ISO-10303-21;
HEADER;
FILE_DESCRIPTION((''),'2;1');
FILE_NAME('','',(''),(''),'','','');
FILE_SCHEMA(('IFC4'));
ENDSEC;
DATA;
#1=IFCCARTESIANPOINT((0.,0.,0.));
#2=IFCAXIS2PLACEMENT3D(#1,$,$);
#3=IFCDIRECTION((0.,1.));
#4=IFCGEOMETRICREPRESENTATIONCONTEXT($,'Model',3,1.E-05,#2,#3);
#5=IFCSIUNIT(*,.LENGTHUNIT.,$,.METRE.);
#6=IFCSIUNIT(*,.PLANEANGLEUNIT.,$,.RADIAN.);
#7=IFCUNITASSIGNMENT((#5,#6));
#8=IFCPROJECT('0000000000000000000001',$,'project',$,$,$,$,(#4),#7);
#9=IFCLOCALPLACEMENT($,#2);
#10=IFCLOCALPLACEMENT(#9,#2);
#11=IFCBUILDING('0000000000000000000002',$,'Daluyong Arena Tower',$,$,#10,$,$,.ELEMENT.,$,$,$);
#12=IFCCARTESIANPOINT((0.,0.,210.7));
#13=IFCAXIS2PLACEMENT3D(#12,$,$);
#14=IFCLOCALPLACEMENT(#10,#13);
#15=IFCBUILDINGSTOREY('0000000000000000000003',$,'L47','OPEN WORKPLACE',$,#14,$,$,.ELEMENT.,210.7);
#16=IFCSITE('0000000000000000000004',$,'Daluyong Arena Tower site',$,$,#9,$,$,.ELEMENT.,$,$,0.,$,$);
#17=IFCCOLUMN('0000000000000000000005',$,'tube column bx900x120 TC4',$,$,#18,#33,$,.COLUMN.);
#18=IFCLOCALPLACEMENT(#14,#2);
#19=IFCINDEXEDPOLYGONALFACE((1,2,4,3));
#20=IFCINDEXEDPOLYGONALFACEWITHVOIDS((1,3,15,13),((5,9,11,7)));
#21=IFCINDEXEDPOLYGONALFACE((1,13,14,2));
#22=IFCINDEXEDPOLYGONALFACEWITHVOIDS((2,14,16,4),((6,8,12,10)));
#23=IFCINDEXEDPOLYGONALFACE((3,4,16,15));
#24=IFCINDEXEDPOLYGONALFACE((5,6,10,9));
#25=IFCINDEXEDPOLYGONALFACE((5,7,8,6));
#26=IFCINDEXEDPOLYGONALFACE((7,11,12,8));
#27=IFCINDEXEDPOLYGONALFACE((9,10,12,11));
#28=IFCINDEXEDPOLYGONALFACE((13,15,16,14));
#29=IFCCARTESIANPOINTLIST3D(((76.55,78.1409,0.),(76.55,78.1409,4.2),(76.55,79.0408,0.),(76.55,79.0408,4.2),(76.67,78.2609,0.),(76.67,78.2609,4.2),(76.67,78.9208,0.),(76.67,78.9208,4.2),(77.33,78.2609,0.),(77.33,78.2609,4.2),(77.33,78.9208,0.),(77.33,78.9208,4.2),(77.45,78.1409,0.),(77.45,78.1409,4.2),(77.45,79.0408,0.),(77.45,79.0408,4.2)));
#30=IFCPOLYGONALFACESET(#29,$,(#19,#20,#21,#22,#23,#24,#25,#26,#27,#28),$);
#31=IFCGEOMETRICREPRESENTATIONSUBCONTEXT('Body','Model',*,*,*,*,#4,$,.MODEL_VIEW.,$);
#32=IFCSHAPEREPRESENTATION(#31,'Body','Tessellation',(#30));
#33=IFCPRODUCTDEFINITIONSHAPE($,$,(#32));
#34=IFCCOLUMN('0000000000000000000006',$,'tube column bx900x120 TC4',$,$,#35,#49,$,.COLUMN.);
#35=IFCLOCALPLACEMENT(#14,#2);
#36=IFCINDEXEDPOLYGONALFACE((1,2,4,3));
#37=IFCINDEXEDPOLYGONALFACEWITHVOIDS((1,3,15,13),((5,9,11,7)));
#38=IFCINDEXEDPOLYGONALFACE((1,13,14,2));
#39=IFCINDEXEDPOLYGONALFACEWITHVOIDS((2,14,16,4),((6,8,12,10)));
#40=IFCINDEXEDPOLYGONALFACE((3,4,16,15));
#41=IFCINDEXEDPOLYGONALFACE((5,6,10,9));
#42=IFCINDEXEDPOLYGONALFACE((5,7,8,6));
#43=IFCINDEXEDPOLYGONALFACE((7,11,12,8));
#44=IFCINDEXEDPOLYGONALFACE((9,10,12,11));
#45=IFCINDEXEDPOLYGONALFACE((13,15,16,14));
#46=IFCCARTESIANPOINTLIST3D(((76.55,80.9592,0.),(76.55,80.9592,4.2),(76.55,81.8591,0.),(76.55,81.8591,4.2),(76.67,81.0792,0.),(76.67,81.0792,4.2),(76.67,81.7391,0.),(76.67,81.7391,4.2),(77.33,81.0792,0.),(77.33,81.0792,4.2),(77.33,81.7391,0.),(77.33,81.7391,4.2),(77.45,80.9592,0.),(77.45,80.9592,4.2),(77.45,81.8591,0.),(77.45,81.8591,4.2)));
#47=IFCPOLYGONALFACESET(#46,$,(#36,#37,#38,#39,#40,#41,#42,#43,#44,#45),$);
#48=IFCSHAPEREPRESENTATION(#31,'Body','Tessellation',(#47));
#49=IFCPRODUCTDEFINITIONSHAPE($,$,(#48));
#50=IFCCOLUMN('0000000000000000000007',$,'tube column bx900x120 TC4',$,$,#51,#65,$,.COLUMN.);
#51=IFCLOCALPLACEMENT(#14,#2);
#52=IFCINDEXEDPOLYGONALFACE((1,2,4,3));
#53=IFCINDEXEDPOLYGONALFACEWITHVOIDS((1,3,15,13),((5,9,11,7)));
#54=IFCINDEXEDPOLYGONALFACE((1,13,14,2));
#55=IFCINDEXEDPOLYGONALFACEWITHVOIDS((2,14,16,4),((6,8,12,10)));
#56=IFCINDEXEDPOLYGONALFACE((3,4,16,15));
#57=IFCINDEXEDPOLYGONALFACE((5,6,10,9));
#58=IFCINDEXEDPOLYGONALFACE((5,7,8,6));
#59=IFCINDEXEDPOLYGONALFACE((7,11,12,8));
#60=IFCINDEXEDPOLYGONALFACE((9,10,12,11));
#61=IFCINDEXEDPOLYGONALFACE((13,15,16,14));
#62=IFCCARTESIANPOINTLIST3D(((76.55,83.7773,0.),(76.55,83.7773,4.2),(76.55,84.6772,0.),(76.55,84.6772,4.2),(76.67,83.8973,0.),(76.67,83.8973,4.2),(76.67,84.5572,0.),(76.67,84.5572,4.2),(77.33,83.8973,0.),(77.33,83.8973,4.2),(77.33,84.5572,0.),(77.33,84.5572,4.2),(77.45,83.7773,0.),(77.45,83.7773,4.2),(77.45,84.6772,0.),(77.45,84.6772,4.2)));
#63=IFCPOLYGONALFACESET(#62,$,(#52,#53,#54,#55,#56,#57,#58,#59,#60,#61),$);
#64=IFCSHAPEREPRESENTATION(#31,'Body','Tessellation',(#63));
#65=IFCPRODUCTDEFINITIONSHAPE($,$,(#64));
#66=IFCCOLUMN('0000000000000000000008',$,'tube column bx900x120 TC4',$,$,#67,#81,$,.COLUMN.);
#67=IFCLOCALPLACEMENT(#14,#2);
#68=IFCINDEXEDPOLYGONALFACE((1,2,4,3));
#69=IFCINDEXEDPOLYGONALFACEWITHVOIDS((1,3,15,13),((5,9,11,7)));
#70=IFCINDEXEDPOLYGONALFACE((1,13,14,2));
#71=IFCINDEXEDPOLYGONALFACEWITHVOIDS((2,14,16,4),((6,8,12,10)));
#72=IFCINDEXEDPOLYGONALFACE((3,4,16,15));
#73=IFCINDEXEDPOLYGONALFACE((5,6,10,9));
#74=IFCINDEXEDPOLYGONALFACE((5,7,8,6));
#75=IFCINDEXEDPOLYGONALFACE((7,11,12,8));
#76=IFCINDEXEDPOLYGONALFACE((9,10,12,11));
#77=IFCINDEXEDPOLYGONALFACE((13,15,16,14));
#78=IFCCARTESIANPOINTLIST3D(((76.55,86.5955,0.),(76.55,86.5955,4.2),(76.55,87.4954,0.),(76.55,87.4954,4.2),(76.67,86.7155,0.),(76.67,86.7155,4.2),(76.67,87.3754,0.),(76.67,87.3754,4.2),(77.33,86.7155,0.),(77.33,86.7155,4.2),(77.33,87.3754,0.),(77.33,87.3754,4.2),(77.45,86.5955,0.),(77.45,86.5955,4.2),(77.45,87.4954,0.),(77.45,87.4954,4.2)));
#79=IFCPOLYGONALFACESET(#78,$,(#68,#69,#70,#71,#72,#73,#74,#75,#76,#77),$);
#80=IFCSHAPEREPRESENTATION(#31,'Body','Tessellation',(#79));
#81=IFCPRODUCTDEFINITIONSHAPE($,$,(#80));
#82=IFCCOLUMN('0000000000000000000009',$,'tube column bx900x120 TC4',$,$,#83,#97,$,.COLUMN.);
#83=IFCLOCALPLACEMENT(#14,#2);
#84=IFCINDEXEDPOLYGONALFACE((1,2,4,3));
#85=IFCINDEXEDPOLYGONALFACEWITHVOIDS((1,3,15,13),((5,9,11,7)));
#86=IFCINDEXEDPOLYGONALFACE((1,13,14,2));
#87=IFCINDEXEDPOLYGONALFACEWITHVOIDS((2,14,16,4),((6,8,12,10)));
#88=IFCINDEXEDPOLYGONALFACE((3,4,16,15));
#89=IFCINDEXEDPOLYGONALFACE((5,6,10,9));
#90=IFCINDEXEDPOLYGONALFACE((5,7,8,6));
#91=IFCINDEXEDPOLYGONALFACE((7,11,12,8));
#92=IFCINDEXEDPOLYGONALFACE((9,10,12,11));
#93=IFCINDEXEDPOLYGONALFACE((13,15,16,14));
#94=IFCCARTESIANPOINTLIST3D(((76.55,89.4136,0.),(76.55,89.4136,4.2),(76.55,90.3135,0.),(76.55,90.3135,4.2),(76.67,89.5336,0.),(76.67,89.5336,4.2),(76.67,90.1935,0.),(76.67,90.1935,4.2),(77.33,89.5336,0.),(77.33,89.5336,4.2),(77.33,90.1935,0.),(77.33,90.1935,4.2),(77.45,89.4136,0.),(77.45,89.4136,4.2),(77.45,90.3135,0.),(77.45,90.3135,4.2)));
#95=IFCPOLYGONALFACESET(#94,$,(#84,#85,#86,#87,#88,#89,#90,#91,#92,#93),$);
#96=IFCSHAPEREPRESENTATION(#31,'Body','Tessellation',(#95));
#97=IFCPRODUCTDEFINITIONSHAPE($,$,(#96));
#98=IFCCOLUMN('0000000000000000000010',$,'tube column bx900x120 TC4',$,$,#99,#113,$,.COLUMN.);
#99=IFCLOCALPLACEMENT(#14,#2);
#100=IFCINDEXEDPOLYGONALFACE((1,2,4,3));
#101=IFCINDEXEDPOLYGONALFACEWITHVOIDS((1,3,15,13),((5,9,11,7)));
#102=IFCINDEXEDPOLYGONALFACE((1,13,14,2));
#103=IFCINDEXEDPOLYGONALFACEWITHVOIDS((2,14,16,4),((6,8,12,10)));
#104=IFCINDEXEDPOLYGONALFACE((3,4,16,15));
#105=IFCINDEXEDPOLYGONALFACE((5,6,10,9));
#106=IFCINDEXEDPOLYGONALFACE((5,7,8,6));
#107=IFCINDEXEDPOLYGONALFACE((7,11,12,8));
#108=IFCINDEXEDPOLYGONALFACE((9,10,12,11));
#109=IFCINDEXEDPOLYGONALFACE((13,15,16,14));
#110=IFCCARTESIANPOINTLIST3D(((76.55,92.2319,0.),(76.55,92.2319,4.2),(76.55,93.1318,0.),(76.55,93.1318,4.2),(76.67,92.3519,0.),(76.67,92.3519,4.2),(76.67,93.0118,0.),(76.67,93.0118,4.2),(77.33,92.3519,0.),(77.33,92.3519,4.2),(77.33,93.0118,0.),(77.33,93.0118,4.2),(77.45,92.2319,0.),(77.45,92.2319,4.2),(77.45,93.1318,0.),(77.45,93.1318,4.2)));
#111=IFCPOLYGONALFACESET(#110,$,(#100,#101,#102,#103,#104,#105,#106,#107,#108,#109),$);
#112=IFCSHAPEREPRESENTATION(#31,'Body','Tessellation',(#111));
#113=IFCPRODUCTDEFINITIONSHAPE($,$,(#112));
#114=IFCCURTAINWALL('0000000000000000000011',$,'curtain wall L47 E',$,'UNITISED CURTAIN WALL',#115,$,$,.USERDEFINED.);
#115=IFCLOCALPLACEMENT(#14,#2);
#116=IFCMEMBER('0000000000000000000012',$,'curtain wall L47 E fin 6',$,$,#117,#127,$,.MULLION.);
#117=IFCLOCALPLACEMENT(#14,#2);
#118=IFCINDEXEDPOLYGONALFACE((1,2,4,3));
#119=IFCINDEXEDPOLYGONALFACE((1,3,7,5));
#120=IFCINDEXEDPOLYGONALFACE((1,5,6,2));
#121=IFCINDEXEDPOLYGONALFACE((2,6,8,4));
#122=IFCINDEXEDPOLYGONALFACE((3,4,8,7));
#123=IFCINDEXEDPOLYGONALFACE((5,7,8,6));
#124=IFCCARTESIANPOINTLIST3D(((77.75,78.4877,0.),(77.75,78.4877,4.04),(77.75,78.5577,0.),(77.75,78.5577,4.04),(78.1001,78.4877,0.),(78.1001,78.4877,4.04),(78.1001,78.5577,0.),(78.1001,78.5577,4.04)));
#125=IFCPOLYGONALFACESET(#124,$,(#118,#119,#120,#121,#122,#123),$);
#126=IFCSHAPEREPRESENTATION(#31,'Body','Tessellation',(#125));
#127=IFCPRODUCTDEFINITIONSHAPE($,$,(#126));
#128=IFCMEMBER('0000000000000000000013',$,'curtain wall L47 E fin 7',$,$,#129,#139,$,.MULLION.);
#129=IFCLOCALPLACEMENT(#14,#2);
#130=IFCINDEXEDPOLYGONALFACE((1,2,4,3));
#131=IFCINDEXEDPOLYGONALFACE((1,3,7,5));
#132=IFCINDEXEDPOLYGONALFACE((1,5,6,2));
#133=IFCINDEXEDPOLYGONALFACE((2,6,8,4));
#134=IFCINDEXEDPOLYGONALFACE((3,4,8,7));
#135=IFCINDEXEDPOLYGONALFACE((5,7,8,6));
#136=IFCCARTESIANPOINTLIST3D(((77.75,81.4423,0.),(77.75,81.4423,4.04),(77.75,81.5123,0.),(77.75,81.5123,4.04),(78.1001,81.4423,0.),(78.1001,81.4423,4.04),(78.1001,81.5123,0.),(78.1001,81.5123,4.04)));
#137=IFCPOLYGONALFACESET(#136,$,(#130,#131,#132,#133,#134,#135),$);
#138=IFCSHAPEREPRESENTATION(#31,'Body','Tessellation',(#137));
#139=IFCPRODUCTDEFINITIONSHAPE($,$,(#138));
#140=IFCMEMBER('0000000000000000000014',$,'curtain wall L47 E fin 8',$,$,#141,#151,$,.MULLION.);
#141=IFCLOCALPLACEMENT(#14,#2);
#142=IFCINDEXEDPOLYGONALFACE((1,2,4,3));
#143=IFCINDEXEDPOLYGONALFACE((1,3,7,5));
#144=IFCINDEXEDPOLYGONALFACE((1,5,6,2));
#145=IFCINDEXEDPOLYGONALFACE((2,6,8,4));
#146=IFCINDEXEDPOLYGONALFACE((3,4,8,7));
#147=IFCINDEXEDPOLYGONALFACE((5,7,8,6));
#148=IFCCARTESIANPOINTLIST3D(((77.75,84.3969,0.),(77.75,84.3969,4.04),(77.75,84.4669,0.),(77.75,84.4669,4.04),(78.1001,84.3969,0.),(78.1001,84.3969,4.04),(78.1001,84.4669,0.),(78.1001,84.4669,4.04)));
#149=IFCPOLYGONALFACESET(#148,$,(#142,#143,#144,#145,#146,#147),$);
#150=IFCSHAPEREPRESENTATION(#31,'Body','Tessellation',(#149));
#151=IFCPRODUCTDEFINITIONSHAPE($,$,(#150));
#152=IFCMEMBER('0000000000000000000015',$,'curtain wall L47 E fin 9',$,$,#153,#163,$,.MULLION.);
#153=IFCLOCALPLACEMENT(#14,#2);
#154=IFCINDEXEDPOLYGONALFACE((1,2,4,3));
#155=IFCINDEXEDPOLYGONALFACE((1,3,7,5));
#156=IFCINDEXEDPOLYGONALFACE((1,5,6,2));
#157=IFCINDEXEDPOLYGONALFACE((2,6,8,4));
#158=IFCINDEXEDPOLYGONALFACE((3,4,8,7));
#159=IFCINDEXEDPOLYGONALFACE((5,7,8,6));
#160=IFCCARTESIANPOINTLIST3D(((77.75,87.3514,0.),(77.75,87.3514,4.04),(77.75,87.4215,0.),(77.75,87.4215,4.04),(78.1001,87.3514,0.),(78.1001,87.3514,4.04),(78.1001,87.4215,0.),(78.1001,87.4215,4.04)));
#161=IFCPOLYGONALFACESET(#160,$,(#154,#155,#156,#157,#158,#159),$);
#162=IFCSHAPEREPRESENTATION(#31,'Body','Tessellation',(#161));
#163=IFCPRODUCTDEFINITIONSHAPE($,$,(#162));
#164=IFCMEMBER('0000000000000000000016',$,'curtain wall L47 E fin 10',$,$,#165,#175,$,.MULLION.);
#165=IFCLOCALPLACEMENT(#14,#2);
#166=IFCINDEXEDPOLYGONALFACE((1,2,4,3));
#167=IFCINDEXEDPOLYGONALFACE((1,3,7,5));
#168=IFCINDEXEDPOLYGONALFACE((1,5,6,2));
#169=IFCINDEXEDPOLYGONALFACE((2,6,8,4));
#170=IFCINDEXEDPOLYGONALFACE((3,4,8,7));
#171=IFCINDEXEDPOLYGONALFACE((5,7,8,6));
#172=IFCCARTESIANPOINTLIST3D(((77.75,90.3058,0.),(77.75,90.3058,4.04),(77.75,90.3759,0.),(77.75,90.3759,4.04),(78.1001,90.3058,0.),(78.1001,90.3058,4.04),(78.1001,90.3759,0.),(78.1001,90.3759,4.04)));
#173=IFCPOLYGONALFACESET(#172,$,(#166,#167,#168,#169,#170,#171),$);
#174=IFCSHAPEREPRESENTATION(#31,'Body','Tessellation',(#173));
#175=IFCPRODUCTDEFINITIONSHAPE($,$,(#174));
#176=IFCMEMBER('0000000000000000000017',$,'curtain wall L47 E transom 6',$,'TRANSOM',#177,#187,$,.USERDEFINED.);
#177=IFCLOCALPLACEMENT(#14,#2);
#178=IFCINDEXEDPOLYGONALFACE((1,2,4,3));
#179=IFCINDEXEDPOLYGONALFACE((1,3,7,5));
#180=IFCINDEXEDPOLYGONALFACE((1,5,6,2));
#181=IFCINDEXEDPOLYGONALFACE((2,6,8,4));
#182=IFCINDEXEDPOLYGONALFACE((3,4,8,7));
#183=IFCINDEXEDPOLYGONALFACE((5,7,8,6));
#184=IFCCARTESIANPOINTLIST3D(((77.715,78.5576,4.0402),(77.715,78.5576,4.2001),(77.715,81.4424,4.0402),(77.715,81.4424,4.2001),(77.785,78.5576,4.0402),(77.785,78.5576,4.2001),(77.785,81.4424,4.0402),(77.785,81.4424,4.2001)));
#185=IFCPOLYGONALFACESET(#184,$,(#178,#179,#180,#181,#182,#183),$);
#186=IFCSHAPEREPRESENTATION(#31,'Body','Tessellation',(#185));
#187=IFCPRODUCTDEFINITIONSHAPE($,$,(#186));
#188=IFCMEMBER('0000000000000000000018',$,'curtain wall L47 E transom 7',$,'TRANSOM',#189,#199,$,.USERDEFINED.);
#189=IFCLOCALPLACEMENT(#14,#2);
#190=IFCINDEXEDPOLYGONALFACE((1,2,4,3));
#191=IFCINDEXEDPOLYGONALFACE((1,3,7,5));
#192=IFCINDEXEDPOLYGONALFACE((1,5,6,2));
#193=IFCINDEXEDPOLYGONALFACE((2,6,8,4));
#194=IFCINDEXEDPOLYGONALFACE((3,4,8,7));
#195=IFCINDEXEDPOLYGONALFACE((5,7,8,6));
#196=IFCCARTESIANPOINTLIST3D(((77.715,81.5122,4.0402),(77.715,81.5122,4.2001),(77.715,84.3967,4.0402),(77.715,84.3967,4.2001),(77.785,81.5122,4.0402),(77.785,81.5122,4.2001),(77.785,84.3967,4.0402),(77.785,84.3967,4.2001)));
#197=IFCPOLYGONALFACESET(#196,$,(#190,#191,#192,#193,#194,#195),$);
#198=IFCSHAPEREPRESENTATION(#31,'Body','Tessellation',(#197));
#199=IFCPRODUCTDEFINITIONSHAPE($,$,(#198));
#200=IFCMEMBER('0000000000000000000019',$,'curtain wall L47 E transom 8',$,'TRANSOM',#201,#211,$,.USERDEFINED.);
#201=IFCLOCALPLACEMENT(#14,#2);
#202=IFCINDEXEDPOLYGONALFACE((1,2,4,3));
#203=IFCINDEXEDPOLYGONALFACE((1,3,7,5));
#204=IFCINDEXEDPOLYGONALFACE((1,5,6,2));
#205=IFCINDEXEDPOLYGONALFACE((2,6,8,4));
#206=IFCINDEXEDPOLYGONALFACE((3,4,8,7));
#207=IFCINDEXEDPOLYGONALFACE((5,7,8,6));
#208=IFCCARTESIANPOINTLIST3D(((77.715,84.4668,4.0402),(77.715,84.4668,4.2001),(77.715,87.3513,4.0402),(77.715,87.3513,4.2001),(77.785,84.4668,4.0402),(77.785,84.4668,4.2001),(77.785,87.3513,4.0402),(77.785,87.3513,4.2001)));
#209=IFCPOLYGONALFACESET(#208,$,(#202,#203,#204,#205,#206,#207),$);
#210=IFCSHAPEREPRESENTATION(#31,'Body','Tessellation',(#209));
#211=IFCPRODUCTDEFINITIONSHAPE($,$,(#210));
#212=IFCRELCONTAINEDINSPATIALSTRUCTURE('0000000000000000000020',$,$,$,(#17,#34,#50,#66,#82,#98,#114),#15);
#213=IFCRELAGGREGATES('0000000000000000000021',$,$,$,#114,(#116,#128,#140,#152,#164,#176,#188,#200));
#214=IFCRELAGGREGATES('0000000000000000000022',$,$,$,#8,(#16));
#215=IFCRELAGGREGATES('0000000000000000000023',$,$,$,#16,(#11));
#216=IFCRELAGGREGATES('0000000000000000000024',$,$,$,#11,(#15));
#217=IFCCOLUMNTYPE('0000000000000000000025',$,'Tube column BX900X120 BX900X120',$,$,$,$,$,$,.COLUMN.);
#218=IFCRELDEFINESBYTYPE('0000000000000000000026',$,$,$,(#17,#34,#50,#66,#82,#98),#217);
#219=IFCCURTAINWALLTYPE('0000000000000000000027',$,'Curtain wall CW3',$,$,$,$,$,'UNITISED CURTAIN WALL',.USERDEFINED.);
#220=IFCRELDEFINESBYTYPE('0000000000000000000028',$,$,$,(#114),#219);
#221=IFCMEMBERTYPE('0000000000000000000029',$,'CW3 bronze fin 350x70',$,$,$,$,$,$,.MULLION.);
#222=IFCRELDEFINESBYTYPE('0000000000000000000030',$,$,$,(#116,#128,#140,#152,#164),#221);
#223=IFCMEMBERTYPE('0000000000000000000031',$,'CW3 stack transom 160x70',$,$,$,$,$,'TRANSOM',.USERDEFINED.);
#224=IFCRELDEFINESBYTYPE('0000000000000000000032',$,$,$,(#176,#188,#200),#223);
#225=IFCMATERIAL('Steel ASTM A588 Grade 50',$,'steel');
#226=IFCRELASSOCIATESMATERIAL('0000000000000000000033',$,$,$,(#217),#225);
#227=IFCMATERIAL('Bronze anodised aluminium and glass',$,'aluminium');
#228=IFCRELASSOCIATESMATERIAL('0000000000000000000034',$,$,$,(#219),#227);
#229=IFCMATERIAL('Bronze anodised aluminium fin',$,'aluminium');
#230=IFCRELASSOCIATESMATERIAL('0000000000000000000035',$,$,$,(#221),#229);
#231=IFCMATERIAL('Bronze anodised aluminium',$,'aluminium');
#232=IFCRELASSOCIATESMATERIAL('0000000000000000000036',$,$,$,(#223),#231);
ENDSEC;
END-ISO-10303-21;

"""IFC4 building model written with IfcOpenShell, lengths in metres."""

from ifc_helpers import new_model, si_unit, direction, frame, origin, origin_2d, place, context, subcontext, project, spatial, rectangle, hollow_rectangle, extrude, material, material_profile, profile_set, type_object, element, aggregate, save


model = new_model("IFC4")

# Units and contexts
model_context = context("Model", 3, precision=1e-05, world=origin(), true_north=direction((0.0, 1.0)))
body_context = subcontext(model_context, "Body", "Model", "MODEL_VIEW")
ifc_project = project(units=[si_unit("LENGTHUNIT", "METRE"), si_unit("PLANEANGLEUNIT", "RADIAN")], contexts=[model_context])

# Site, building, storey
site_placement = place(None, origin())
site = spatial("IfcSite", under=ifc_project, at=site_placement, Name="Daluyong Arena Tower site", CompositionType="ELEMENT", RefElevation=0.0)
building_placement = place(site_placement, origin())
building = spatial("IfcBuilding", under=site, at=building_placement, Name="Daluyong Arena Tower", CompositionType="ELEMENT")
storey_placement = place(building_placement, frame((0.0, 0.0, 210.7)))
storey = spatial("IfcBuildingStorey", under=building, at=storey_placement, Name="L47", Description="OPEN WORKPLACE", CompositionType="ELEMENT", Elevation=210.7)

# Columns
ifc_material_1 = material(Name="Steel ASTM A588 Grade 50", Category="steel")
ifc_material_profile_1 = material_profile(ifc_material_1, hollow_rectangle(XDim=0.8999, YDim=0.8999, WallThickness=0.12, at=origin_2d()))
ifc_profile_set_1 = profile_set([ifc_material_profile_1], Name="Steel ASTM A588 Grade 50")
column_type = type_object("IfcColumnType", Name="Tube column BX900X120 BX900X120", PredefinedType="COLUMN", material=ifc_profile_set_1)
for number, where, z_axis, x_axis, name in (
    (1, (77.0, 78.5908, 0.0), (0.0, 0.0, 1.0), (0.0, 1.0, 0.0), "tube column bx900x120 TC4"),
    (2, (77.0, 81.4092, 0.0), (0.0, 0.0, 1.0), (0.0, 1.0, 0.0), "tube column bx900x120 TC4"),
    (3, (77.0, 84.2273, 0.0), (0.0, 0.0, 1.0), (0.0, 1.0, 0.0), "tube column bx900x120 TC4"),
    (4, (77.0, 87.0454, 0.0), (0.0, 0.0, 1.0), (0.0, 1.0, 0.0), "tube column bx900x120 TC4"),
    (5, (77.0, 89.8635, 0.0), (0.0, 0.0, 1.0), (0.0, 1.0, 0.0), "tube column bx900x120 TC4"),
    (6, (77.0, 92.6819, 0.0), (0.0, 0.0, 1.0), (0.0, 1.0, 0.0), "tube column bx900x120 TC4"),
):
    element("IfcColumn", number, at=place(storey_placement, frame(where, z_axis=z_axis, x_axis=x_axis)), inside=storey, type_object=column_type, Name=name, PredefinedType="COLUMN", context=body_context, shape_type="SweptSolid", body=[
        extrude(hollow_rectangle(XDim=0.8999, YDim=0.8999, WallThickness=0.12, at=origin_2d()), origin(), (0.0, 0.0, 1.0), 4.2),
    ])

# Curtain wall, members
ifc_material_2 = material(Name="Bronze anodised aluminium and glass", Category="aluminium")
curtain_wall_type = type_object("IfcCurtainWallType", Name="Curtain wall CW3", ElementType="UNITISED CURTAIN WALL", PredefinedType="USERDEFINED", material=ifc_material_2)
curtain_wall_placement = place(storey_placement, origin())
curtain_wall = element("IfcCurtainWall", 7, at=curtain_wall_placement, inside=storey, type_object=curtain_wall_type, Name="curtain wall L47 E", ObjectType="UNITISED CURTAIN WALL", PredefinedType="USERDEFINED")
ifc_material_3 = material(Name="Bronze anodised aluminium fin", Category="aluminium")
ifc_material_profile_2 = material_profile(ifc_material_3, rectangle(XDim=0.3501, YDim=0.0701, at=origin_2d()))
ifc_profile_set_2 = profile_set([ifc_material_profile_2], Name="Bronze anodised aluminium fin")
member_type_1 = type_object("IfcMemberType", Name="CW3 bronze fin 350x70", PredefinedType="MULLION", material=ifc_profile_set_2)
member_1_placement = place(storey_placement, frame((77.925, 78.5227, 0.0), z_axis=(0.0, 0.0, 1.0), x_axis=(-1.0, 0.0, 0.0)))
member_1 = element("IfcMember", 8, at=member_1_placement, type_object=member_type_1, Name="curtain wall L47 E fin 6", PredefinedType="MULLION", context=body_context, shape_type="SweptSolid", body=[
    extrude(rectangle(XDim=0.3501, YDim=0.0701, at=origin_2d()), origin(), (0.0, 0.0, 1.0), 4.04),
])
member_2_placement = place(storey_placement, frame((77.925, 81.4773, 0.0), z_axis=(0.0, 0.0, 1.0), x_axis=(-1.0, 0.0, 0.0)))
member_2 = element("IfcMember", 9, at=member_2_placement, type_object=member_type_1, Name="curtain wall L47 E fin 7", PredefinedType="MULLION", context=body_context, shape_type="SweptSolid", body=[
    extrude(rectangle(XDim=0.3501, YDim=0.0701, at=origin_2d()), origin(), (0.0, 0.0, 1.0), 4.04),
])
member_3_placement = place(storey_placement, frame((77.925, 84.4319, 0.0), z_axis=(0.0, 0.0, 1.0), x_axis=(-1.0, 0.0, 0.0)))
member_3 = element("IfcMember", 10, at=member_3_placement, type_object=member_type_1, Name="curtain wall L47 E fin 8", PredefinedType="MULLION", context=body_context, shape_type="SweptSolid", body=[
    extrude(rectangle(XDim=0.3501, YDim=0.0701, at=origin_2d()), origin(), (0.0, 0.0, 1.0), 4.04),
])
member_4_placement = place(storey_placement, frame((77.925, 87.3865, 0.0), z_axis=(0.0, 0.0, 1.0), x_axis=(-1.0, 0.0, 0.0)))
member_4 = element("IfcMember", 11, at=member_4_placement, type_object=member_type_1, Name="curtain wall L47 E fin 9", PredefinedType="MULLION", context=body_context, shape_type="SweptSolid", body=[
    extrude(rectangle(XDim=0.3501, YDim=0.0701, at=origin_2d()), origin(), (0.0, 0.0, 1.0), 4.04),
])
member_5_placement = place(storey_placement, frame((77.925, 90.3408, 0.0), z_axis=(0.0, 0.0, 1.0), x_axis=(-1.0, 0.0, 0.0)))
member_5 = element("IfcMember", 12, at=member_5_placement, type_object=member_type_1, Name="curtain wall L47 E fin 10", PredefinedType="MULLION", context=body_context, shape_type="SweptSolid", body=[
    extrude(rectangle(XDim=0.3501, YDim=0.0701, at=origin_2d()), origin(), (0.0, 0.0, 1.0), 4.04),
])
ifc_material_4 = material(Name="Bronze anodised aluminium", Category="aluminium")
ifc_material_profile_3 = material_profile(ifc_material_4, rectangle(XDim=0.0701, YDim=0.1599, at=origin_2d()))
ifc_profile_set_3 = profile_set([ifc_material_profile_3], Name="Bronze anodised aluminium")
member_type_2 = type_object("IfcMemberType", Name="CW3 stack transom 160x70", ElementType="TRANSOM", PredefinedType="USERDEFINED", material=ifc_profile_set_3)
member_6_placement = place(storey_placement, frame((77.75, 78.5576, 4.1201), z_axis=(0.0, 1.0, 0.0), x_axis=(-1.0, 0.0, 0.0)))
member_6 = element("IfcMember", 13, at=member_6_placement, type_object=member_type_2, Name="curtain wall L47 E transom 6", ObjectType="TRANSOM", PredefinedType="USERDEFINED", context=body_context, shape_type="SweptSolid", body=[
    extrude(rectangle(XDim=0.0701, YDim=0.1599, at=origin_2d()), origin(), (0.0, 0.0, 1.0), 2.8848),
])
member_7_placement = place(storey_placement, frame((77.75, 81.5122, 4.1201), z_axis=(0.0, 1.0, 0.0), x_axis=(-1.0, 0.0, 0.0)))
member_7 = element("IfcMember", 14, at=member_7_placement, type_object=member_type_2, Name="curtain wall L47 E transom 7", ObjectType="TRANSOM", PredefinedType="USERDEFINED", context=body_context, shape_type="SweptSolid", body=[
    extrude(rectangle(XDim=0.0701, YDim=0.1599, at=origin_2d()), origin(), (0.0, 0.0, 1.0), 2.8845),
])
member_8_placement = place(storey_placement, frame((77.75, 84.4668, 4.1201), z_axis=(0.0, 1.0, 0.0), x_axis=(-1.0, 0.0, 0.0)))
member_8 = element("IfcMember", 15, at=member_8_placement, type_object=member_type_2, Name="curtain wall L47 E transom 8", ObjectType="TRANSOM", PredefinedType="USERDEFINED", context=body_context, shape_type="SweptSolid", body=[
    extrude(rectangle(XDim=0.0701, YDim=0.1599, at=origin_2d()), origin(), (0.0, 0.0, 1.0), 2.8845),
])

aggregate(curtain_wall, [member_1, member_2, member_3, member_4, member_5, member_6, member_7, member_8])

save(model, "model.ifc")
